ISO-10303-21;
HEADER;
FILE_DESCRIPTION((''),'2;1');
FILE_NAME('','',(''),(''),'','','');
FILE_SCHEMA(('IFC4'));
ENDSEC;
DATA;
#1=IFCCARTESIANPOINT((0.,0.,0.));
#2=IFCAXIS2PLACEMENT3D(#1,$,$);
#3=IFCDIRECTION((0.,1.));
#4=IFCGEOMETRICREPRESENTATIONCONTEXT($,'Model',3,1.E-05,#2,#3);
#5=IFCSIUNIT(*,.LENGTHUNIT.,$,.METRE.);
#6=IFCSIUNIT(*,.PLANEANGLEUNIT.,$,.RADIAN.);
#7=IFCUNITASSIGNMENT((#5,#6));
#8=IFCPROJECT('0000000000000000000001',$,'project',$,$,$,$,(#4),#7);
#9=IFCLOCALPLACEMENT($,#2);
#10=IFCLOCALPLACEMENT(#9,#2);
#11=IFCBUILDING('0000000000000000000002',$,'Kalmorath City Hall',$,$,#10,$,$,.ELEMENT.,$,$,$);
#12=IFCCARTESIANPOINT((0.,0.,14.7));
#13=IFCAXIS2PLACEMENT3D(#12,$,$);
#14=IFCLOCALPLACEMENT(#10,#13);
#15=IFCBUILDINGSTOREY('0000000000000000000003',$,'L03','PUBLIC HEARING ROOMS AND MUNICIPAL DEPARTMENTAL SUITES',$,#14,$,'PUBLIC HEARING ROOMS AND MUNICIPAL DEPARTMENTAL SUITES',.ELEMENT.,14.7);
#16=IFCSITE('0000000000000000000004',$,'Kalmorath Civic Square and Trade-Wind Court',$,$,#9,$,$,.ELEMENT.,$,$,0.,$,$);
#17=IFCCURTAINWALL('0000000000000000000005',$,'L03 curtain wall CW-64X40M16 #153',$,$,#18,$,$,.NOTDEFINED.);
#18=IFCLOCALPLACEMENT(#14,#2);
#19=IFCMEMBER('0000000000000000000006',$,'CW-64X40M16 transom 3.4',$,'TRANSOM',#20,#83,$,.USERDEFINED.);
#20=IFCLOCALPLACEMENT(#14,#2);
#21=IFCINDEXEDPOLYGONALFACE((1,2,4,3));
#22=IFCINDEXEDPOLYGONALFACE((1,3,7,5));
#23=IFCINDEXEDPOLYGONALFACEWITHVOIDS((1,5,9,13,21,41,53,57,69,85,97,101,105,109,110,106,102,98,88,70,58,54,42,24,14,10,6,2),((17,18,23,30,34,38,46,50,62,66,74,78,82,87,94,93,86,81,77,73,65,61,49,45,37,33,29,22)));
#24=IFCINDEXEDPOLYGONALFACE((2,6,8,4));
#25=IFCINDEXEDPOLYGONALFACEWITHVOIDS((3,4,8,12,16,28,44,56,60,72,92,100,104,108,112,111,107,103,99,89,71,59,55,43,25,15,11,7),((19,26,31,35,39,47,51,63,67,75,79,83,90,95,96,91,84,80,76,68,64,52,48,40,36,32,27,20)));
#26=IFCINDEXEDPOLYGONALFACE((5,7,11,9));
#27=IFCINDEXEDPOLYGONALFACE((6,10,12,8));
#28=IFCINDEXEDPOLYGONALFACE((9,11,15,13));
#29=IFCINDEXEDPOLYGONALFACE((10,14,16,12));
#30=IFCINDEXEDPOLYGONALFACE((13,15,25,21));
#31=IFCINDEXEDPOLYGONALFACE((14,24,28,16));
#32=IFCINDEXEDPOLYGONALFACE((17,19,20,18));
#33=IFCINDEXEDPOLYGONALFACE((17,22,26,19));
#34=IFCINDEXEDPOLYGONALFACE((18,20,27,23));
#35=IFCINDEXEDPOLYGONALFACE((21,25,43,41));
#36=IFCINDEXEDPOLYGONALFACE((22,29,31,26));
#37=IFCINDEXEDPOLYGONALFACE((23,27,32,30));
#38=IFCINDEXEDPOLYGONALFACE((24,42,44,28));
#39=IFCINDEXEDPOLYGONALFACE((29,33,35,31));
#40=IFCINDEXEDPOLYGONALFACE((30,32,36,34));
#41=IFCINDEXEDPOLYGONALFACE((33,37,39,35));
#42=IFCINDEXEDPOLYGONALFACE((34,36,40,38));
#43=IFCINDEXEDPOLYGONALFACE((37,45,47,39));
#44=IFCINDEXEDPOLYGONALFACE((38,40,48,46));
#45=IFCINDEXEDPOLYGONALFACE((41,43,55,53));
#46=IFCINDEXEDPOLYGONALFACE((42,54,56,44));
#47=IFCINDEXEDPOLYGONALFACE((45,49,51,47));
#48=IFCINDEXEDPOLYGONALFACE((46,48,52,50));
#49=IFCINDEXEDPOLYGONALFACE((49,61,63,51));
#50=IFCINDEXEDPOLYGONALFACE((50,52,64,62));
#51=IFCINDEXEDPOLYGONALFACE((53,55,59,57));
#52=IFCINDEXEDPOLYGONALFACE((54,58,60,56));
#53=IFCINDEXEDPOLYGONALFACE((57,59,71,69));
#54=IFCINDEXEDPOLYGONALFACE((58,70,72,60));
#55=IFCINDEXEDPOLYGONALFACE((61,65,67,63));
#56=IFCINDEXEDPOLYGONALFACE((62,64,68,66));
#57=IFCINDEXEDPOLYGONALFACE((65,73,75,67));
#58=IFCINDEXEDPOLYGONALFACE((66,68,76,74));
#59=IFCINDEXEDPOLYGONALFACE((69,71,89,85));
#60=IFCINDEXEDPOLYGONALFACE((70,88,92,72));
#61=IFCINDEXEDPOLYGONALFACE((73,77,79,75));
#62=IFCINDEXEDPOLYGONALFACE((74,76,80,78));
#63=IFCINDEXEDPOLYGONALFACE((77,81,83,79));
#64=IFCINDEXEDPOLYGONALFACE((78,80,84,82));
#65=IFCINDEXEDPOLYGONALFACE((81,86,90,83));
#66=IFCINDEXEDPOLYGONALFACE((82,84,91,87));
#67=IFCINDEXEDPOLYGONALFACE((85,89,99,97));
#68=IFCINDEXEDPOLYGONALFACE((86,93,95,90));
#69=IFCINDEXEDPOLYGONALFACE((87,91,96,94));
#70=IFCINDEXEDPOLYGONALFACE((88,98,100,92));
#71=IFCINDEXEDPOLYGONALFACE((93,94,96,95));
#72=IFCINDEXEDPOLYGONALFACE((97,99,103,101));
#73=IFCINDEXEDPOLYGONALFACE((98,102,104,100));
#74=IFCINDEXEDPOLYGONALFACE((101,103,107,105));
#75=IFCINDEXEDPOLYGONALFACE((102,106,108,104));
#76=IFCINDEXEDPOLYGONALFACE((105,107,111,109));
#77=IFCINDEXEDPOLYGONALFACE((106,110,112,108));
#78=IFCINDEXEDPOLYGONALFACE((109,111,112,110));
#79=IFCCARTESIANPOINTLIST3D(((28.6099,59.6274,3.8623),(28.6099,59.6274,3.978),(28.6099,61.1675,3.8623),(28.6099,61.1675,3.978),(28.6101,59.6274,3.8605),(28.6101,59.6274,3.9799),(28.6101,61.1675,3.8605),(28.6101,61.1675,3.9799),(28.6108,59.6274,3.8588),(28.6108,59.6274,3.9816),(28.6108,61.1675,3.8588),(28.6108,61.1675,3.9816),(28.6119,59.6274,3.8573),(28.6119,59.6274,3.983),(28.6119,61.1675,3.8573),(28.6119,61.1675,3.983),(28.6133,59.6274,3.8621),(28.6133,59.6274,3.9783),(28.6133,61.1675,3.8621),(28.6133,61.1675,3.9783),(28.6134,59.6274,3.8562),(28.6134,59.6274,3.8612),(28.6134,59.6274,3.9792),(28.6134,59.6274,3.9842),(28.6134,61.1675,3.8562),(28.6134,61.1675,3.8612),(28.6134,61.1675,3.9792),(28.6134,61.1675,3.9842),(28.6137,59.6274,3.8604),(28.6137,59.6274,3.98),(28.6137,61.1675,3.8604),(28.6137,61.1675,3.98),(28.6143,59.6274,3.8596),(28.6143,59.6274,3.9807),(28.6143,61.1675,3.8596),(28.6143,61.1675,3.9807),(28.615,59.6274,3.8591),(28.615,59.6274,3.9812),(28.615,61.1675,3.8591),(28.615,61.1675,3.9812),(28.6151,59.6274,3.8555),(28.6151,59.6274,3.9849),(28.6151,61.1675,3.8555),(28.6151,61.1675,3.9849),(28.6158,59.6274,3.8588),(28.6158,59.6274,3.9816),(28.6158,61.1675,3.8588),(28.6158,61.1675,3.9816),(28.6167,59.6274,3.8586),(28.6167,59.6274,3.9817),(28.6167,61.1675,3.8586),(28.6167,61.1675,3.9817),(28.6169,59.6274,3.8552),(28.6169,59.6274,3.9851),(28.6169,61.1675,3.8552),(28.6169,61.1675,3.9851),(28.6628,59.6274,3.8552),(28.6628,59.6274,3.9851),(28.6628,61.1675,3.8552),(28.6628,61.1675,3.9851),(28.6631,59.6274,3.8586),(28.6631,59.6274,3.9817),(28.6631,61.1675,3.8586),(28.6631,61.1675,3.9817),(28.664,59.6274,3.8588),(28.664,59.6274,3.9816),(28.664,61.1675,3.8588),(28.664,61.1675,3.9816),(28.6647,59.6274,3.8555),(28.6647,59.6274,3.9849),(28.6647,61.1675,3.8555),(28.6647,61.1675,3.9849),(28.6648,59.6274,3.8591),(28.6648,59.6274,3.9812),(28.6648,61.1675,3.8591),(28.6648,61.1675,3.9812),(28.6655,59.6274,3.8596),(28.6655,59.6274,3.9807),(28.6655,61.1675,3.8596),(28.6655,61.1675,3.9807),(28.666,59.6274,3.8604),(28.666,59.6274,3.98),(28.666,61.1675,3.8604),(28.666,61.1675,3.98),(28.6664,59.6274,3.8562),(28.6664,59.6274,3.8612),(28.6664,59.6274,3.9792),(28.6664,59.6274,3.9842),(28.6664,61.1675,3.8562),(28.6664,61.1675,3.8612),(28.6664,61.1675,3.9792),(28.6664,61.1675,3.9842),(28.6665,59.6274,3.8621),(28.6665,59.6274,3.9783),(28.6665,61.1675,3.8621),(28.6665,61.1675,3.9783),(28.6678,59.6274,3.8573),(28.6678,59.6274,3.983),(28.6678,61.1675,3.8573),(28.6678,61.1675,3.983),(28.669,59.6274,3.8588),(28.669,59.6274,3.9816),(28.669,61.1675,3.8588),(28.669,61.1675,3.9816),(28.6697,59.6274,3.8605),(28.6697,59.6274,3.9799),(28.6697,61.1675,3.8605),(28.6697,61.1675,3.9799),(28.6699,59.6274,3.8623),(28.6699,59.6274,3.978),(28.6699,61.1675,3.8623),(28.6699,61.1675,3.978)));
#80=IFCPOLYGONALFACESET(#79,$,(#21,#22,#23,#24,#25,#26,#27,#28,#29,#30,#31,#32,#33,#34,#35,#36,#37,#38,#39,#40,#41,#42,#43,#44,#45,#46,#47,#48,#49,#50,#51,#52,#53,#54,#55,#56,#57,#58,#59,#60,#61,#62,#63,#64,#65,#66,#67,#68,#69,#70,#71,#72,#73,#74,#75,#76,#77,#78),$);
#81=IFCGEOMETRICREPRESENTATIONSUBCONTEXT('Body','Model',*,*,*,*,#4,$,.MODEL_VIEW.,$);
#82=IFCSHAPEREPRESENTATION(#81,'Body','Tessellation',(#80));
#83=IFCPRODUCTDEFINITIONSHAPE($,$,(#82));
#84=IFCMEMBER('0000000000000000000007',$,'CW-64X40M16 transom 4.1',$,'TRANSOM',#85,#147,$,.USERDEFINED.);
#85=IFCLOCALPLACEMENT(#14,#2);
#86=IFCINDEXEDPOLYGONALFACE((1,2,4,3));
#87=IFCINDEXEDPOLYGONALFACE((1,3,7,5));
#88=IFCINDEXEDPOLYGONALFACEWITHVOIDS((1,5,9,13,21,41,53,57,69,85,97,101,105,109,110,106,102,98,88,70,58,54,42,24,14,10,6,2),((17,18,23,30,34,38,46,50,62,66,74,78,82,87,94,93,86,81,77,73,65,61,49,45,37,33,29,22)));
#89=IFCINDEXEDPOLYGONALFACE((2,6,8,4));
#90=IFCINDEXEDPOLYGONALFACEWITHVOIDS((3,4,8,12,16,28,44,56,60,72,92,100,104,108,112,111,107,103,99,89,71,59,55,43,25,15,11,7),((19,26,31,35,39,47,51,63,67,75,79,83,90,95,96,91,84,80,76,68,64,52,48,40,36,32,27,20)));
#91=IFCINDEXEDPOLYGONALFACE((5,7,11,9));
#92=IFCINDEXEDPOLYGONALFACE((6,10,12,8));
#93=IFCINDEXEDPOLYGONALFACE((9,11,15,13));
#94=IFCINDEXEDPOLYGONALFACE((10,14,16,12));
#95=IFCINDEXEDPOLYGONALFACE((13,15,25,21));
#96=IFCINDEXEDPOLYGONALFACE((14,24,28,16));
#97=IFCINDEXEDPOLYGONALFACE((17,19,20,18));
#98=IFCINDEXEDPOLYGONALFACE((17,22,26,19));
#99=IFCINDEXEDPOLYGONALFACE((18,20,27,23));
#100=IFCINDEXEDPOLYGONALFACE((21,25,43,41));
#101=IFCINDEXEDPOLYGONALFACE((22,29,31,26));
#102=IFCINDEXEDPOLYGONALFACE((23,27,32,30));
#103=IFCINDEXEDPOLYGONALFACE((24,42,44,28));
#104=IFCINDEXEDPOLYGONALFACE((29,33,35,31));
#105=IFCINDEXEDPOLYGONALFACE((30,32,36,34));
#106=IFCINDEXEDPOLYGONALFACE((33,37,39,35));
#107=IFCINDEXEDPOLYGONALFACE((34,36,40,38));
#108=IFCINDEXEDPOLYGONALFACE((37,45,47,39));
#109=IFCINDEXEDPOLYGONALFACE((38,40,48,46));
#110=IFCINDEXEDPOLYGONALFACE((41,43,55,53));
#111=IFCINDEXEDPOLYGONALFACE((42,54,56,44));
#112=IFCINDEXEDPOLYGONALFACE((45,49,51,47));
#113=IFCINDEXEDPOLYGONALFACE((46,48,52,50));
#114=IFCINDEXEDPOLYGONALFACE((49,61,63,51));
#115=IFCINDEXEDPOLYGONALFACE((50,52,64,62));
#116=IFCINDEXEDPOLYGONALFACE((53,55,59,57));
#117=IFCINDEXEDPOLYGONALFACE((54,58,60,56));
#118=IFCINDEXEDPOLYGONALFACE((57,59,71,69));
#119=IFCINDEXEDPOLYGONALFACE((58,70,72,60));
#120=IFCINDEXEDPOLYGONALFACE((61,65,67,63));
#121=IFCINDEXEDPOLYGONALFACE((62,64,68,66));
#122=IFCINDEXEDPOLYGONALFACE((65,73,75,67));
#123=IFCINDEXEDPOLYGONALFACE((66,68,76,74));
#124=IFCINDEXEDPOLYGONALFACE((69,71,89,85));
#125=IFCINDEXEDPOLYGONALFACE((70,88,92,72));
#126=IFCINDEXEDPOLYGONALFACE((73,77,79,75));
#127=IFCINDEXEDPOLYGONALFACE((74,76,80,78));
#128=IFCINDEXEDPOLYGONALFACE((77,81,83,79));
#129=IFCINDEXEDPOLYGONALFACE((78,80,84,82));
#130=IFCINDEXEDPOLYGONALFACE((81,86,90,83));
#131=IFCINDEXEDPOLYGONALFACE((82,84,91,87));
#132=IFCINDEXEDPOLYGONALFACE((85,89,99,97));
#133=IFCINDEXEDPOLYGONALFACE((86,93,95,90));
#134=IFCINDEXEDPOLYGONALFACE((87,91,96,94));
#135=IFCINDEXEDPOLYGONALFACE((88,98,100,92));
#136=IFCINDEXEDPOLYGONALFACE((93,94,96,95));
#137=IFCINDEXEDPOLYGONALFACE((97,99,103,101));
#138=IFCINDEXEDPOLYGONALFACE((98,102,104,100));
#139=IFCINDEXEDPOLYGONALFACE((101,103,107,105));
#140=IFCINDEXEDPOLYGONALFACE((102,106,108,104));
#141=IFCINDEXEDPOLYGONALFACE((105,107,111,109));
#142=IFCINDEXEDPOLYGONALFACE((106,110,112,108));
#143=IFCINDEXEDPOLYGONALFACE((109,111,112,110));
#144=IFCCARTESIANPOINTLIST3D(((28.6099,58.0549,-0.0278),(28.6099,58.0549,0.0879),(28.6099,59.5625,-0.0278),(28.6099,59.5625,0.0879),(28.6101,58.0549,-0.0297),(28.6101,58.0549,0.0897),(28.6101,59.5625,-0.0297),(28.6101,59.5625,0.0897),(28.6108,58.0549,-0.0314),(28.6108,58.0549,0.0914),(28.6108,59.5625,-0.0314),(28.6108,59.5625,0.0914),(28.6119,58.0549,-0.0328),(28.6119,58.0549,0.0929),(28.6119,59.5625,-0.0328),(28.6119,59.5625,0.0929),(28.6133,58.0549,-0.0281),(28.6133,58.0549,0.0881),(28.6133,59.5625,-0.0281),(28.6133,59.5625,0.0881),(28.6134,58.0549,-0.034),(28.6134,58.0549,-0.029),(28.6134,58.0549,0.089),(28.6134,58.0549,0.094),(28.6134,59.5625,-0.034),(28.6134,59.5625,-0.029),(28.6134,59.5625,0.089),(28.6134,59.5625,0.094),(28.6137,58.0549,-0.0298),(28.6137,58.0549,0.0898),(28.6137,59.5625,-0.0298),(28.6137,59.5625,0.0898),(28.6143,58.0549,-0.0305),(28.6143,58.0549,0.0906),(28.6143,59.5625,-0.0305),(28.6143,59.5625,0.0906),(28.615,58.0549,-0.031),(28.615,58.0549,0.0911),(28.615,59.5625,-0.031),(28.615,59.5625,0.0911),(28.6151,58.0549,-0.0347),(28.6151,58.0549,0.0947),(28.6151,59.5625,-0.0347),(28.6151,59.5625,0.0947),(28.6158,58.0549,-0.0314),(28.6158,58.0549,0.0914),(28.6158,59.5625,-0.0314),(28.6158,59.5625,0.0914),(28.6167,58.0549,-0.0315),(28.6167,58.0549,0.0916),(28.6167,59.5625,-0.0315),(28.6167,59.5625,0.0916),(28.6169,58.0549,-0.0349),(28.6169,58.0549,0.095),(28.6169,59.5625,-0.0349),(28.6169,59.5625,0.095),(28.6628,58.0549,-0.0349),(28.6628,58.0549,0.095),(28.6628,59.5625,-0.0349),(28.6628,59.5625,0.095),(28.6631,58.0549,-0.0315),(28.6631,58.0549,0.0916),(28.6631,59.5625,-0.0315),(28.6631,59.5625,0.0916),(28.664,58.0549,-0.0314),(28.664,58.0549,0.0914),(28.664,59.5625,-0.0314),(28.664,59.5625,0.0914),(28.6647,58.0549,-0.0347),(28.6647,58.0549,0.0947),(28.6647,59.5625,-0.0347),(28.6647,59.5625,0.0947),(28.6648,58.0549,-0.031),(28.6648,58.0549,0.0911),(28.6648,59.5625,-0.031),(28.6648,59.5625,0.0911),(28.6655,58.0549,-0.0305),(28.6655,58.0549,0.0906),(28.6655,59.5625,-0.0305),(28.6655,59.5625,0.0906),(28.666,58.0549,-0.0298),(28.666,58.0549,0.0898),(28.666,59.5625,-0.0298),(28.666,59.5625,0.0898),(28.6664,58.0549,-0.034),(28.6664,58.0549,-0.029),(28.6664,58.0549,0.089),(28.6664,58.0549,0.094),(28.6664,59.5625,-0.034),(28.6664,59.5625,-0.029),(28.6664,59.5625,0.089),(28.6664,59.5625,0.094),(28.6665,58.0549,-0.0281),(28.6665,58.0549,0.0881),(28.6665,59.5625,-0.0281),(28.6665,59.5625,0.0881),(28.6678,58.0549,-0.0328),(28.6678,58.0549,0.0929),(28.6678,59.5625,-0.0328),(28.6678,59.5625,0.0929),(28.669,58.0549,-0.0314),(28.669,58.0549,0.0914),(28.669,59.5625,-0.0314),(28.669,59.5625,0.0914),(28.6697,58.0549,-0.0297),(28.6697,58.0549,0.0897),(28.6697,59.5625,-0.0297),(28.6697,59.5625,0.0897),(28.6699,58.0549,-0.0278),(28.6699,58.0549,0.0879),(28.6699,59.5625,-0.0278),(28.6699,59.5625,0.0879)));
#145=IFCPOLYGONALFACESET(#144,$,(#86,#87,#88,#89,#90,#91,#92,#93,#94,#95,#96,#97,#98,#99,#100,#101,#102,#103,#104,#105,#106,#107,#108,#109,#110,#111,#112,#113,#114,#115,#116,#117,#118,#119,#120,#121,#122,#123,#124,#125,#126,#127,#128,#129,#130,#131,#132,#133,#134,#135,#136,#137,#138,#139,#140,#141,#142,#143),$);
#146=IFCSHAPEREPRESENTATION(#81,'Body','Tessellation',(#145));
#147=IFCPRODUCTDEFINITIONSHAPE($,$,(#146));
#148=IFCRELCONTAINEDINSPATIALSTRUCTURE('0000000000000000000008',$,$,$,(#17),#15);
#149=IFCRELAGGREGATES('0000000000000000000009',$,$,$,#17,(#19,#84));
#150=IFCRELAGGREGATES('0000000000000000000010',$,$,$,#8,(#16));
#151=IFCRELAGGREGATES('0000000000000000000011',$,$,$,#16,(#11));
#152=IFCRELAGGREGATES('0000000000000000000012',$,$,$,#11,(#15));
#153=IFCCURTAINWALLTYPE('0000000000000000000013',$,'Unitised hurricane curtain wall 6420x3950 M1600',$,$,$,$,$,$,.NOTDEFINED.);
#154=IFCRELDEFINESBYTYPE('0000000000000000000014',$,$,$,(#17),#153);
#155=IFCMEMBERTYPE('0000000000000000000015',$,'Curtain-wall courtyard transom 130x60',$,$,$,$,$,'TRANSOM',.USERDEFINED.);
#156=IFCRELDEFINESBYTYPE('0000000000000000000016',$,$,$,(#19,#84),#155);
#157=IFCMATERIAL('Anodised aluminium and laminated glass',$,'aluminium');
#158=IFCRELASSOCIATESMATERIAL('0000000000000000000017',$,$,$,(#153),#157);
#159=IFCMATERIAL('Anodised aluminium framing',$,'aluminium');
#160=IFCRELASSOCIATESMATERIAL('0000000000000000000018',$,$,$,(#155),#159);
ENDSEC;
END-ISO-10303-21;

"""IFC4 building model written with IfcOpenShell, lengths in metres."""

from ifc_helpers import new_model, si_unit, direction, frame, origin, origin_2d, place, context, subcontext, project, spatial, hollow_rectangle, extrude, material, material_profile, profile_set, type_object, element, aggregate, save


model = new_model("IFC4")

# Units and contexts
model_context = context("Model", 3, precision=1e-05, world=origin(), true_north=direction((0.0, 1.0)))
body_context = subcontext(model_context, "Body", "Model", "MODEL_VIEW")
ifc_project = project(units=[si_unit("LENGTHUNIT", "METRE"), si_unit("PLANEANGLEUNIT", "RADIAN")], contexts=[model_context])

# Site, building, storey
site_placement = place(None, origin())
site = spatial("IfcSite", under=ifc_project, at=site_placement, Name="Kalmorath Civic Square and Trade-Wind Court", CompositionType="ELEMENT", RefElevation=0.0)
building_placement = place(site_placement, origin())
building = spatial("IfcBuilding", under=site, at=building_placement, Name="Kalmorath City Hall", CompositionType="ELEMENT")
storey_placement = place(building_placement, frame((0.0, 0.0, 14.7)))
storey = spatial("IfcBuildingStorey", under=building, at=storey_placement, Name="L03", Description="PUBLIC HEARING ROOMS AND MUNICIPAL DEPARTMENTAL SUITES", LongName="PUBLIC HEARING ROOMS AND MUNICIPAL DEPARTMENTAL SUITES", CompositionType="ELEMENT", Elevation=14.7)

# Curtain wall, members
ifc_material_1 = material(Name="Anodised aluminium and laminated glass", Category="aluminium")
curtain_wall_type = type_object("IfcCurtainWallType", Name="Unitised hurricane curtain wall 6420x3950 M1600", PredefinedType="NOTDEFINED", material=ifc_material_1)
curtain_wall_placement = place(storey_placement, origin())
curtain_wall = element("IfcCurtainWall", 1, at=curtain_wall_placement, inside=storey, type_object=curtain_wall_type, Name="L03 curtain wall CW-64X40M16 #153", PredefinedType="NOTDEFINED")
ifc_material_2 = material(Name="Anodised aluminium framing", Category="aluminium")
ifc_material_profile_1 = material_profile(ifc_material_2, hollow_rectangle(XDim=0.0601, YDim=0.1299, WallThickness=0.0034, InnerFilletRadius=0.0034, OuterFilletRadius=0.0071, at=origin_2d()), Name="ALU-TRN-130X60X3.5")
ifc_profile_set_1 = profile_set([ifc_material_profile_1], Name="Anodised aluminium framing")
member_type_1 = type_object("IfcMemberType", Name="Curtain-wall courtyard transom 130x60", ElementType="TRANSOM", PredefinedType="USERDEFINED", material=ifc_profile_set_1)
member_1_placement = place(storey_placement, frame((28.6399, 61.1675, 3.9202), z_axis=(0.0, -1.0, 0.0), x_axis=(1.0, 0.0, 0.0)))
member_1 = element("IfcMember", 2, at=member_1_placement, type_object=member_type_1, Name="CW-64X40M16 transom 3.4", ObjectType="TRANSOM", PredefinedType="USERDEFINED", context=body_context, shape_type="SweptSolid", body=[
    extrude(hollow_rectangle(XDim=0.0601, YDim=0.1299, WallThickness=0.0034, InnerFilletRadius=0.0034, OuterFilletRadius=0.0071, at=origin_2d()), origin(), (0.0, 0.0, 1.0), 1.54),
])
member_2_placement = place(storey_placement, frame((28.6399, 59.5625, 0.03), z_axis=(0.0, -1.0, 0.0), x_axis=(1.0, 0.0, 0.0)))
member_2 = element("IfcMember", 3, at=member_2_placement, type_object=member_type_1, Name="CW-64X40M16 transom 4.1", ObjectType="TRANSOM", PredefinedType="USERDEFINED", context=body_context, shape_type="SweptSolid", body=[
    extrude(hollow_rectangle(XDim=0.0601, YDim=0.1299, WallThickness=0.0034, InnerFilletRadius=0.0034, OuterFilletRadius=0.0071, at=origin_2d()), origin(), (0.0, 0.0, 1.0), 1.5076),
])

aggregate(curtain_wall, [member_1, member_2])

save(model, "model.ifc")
